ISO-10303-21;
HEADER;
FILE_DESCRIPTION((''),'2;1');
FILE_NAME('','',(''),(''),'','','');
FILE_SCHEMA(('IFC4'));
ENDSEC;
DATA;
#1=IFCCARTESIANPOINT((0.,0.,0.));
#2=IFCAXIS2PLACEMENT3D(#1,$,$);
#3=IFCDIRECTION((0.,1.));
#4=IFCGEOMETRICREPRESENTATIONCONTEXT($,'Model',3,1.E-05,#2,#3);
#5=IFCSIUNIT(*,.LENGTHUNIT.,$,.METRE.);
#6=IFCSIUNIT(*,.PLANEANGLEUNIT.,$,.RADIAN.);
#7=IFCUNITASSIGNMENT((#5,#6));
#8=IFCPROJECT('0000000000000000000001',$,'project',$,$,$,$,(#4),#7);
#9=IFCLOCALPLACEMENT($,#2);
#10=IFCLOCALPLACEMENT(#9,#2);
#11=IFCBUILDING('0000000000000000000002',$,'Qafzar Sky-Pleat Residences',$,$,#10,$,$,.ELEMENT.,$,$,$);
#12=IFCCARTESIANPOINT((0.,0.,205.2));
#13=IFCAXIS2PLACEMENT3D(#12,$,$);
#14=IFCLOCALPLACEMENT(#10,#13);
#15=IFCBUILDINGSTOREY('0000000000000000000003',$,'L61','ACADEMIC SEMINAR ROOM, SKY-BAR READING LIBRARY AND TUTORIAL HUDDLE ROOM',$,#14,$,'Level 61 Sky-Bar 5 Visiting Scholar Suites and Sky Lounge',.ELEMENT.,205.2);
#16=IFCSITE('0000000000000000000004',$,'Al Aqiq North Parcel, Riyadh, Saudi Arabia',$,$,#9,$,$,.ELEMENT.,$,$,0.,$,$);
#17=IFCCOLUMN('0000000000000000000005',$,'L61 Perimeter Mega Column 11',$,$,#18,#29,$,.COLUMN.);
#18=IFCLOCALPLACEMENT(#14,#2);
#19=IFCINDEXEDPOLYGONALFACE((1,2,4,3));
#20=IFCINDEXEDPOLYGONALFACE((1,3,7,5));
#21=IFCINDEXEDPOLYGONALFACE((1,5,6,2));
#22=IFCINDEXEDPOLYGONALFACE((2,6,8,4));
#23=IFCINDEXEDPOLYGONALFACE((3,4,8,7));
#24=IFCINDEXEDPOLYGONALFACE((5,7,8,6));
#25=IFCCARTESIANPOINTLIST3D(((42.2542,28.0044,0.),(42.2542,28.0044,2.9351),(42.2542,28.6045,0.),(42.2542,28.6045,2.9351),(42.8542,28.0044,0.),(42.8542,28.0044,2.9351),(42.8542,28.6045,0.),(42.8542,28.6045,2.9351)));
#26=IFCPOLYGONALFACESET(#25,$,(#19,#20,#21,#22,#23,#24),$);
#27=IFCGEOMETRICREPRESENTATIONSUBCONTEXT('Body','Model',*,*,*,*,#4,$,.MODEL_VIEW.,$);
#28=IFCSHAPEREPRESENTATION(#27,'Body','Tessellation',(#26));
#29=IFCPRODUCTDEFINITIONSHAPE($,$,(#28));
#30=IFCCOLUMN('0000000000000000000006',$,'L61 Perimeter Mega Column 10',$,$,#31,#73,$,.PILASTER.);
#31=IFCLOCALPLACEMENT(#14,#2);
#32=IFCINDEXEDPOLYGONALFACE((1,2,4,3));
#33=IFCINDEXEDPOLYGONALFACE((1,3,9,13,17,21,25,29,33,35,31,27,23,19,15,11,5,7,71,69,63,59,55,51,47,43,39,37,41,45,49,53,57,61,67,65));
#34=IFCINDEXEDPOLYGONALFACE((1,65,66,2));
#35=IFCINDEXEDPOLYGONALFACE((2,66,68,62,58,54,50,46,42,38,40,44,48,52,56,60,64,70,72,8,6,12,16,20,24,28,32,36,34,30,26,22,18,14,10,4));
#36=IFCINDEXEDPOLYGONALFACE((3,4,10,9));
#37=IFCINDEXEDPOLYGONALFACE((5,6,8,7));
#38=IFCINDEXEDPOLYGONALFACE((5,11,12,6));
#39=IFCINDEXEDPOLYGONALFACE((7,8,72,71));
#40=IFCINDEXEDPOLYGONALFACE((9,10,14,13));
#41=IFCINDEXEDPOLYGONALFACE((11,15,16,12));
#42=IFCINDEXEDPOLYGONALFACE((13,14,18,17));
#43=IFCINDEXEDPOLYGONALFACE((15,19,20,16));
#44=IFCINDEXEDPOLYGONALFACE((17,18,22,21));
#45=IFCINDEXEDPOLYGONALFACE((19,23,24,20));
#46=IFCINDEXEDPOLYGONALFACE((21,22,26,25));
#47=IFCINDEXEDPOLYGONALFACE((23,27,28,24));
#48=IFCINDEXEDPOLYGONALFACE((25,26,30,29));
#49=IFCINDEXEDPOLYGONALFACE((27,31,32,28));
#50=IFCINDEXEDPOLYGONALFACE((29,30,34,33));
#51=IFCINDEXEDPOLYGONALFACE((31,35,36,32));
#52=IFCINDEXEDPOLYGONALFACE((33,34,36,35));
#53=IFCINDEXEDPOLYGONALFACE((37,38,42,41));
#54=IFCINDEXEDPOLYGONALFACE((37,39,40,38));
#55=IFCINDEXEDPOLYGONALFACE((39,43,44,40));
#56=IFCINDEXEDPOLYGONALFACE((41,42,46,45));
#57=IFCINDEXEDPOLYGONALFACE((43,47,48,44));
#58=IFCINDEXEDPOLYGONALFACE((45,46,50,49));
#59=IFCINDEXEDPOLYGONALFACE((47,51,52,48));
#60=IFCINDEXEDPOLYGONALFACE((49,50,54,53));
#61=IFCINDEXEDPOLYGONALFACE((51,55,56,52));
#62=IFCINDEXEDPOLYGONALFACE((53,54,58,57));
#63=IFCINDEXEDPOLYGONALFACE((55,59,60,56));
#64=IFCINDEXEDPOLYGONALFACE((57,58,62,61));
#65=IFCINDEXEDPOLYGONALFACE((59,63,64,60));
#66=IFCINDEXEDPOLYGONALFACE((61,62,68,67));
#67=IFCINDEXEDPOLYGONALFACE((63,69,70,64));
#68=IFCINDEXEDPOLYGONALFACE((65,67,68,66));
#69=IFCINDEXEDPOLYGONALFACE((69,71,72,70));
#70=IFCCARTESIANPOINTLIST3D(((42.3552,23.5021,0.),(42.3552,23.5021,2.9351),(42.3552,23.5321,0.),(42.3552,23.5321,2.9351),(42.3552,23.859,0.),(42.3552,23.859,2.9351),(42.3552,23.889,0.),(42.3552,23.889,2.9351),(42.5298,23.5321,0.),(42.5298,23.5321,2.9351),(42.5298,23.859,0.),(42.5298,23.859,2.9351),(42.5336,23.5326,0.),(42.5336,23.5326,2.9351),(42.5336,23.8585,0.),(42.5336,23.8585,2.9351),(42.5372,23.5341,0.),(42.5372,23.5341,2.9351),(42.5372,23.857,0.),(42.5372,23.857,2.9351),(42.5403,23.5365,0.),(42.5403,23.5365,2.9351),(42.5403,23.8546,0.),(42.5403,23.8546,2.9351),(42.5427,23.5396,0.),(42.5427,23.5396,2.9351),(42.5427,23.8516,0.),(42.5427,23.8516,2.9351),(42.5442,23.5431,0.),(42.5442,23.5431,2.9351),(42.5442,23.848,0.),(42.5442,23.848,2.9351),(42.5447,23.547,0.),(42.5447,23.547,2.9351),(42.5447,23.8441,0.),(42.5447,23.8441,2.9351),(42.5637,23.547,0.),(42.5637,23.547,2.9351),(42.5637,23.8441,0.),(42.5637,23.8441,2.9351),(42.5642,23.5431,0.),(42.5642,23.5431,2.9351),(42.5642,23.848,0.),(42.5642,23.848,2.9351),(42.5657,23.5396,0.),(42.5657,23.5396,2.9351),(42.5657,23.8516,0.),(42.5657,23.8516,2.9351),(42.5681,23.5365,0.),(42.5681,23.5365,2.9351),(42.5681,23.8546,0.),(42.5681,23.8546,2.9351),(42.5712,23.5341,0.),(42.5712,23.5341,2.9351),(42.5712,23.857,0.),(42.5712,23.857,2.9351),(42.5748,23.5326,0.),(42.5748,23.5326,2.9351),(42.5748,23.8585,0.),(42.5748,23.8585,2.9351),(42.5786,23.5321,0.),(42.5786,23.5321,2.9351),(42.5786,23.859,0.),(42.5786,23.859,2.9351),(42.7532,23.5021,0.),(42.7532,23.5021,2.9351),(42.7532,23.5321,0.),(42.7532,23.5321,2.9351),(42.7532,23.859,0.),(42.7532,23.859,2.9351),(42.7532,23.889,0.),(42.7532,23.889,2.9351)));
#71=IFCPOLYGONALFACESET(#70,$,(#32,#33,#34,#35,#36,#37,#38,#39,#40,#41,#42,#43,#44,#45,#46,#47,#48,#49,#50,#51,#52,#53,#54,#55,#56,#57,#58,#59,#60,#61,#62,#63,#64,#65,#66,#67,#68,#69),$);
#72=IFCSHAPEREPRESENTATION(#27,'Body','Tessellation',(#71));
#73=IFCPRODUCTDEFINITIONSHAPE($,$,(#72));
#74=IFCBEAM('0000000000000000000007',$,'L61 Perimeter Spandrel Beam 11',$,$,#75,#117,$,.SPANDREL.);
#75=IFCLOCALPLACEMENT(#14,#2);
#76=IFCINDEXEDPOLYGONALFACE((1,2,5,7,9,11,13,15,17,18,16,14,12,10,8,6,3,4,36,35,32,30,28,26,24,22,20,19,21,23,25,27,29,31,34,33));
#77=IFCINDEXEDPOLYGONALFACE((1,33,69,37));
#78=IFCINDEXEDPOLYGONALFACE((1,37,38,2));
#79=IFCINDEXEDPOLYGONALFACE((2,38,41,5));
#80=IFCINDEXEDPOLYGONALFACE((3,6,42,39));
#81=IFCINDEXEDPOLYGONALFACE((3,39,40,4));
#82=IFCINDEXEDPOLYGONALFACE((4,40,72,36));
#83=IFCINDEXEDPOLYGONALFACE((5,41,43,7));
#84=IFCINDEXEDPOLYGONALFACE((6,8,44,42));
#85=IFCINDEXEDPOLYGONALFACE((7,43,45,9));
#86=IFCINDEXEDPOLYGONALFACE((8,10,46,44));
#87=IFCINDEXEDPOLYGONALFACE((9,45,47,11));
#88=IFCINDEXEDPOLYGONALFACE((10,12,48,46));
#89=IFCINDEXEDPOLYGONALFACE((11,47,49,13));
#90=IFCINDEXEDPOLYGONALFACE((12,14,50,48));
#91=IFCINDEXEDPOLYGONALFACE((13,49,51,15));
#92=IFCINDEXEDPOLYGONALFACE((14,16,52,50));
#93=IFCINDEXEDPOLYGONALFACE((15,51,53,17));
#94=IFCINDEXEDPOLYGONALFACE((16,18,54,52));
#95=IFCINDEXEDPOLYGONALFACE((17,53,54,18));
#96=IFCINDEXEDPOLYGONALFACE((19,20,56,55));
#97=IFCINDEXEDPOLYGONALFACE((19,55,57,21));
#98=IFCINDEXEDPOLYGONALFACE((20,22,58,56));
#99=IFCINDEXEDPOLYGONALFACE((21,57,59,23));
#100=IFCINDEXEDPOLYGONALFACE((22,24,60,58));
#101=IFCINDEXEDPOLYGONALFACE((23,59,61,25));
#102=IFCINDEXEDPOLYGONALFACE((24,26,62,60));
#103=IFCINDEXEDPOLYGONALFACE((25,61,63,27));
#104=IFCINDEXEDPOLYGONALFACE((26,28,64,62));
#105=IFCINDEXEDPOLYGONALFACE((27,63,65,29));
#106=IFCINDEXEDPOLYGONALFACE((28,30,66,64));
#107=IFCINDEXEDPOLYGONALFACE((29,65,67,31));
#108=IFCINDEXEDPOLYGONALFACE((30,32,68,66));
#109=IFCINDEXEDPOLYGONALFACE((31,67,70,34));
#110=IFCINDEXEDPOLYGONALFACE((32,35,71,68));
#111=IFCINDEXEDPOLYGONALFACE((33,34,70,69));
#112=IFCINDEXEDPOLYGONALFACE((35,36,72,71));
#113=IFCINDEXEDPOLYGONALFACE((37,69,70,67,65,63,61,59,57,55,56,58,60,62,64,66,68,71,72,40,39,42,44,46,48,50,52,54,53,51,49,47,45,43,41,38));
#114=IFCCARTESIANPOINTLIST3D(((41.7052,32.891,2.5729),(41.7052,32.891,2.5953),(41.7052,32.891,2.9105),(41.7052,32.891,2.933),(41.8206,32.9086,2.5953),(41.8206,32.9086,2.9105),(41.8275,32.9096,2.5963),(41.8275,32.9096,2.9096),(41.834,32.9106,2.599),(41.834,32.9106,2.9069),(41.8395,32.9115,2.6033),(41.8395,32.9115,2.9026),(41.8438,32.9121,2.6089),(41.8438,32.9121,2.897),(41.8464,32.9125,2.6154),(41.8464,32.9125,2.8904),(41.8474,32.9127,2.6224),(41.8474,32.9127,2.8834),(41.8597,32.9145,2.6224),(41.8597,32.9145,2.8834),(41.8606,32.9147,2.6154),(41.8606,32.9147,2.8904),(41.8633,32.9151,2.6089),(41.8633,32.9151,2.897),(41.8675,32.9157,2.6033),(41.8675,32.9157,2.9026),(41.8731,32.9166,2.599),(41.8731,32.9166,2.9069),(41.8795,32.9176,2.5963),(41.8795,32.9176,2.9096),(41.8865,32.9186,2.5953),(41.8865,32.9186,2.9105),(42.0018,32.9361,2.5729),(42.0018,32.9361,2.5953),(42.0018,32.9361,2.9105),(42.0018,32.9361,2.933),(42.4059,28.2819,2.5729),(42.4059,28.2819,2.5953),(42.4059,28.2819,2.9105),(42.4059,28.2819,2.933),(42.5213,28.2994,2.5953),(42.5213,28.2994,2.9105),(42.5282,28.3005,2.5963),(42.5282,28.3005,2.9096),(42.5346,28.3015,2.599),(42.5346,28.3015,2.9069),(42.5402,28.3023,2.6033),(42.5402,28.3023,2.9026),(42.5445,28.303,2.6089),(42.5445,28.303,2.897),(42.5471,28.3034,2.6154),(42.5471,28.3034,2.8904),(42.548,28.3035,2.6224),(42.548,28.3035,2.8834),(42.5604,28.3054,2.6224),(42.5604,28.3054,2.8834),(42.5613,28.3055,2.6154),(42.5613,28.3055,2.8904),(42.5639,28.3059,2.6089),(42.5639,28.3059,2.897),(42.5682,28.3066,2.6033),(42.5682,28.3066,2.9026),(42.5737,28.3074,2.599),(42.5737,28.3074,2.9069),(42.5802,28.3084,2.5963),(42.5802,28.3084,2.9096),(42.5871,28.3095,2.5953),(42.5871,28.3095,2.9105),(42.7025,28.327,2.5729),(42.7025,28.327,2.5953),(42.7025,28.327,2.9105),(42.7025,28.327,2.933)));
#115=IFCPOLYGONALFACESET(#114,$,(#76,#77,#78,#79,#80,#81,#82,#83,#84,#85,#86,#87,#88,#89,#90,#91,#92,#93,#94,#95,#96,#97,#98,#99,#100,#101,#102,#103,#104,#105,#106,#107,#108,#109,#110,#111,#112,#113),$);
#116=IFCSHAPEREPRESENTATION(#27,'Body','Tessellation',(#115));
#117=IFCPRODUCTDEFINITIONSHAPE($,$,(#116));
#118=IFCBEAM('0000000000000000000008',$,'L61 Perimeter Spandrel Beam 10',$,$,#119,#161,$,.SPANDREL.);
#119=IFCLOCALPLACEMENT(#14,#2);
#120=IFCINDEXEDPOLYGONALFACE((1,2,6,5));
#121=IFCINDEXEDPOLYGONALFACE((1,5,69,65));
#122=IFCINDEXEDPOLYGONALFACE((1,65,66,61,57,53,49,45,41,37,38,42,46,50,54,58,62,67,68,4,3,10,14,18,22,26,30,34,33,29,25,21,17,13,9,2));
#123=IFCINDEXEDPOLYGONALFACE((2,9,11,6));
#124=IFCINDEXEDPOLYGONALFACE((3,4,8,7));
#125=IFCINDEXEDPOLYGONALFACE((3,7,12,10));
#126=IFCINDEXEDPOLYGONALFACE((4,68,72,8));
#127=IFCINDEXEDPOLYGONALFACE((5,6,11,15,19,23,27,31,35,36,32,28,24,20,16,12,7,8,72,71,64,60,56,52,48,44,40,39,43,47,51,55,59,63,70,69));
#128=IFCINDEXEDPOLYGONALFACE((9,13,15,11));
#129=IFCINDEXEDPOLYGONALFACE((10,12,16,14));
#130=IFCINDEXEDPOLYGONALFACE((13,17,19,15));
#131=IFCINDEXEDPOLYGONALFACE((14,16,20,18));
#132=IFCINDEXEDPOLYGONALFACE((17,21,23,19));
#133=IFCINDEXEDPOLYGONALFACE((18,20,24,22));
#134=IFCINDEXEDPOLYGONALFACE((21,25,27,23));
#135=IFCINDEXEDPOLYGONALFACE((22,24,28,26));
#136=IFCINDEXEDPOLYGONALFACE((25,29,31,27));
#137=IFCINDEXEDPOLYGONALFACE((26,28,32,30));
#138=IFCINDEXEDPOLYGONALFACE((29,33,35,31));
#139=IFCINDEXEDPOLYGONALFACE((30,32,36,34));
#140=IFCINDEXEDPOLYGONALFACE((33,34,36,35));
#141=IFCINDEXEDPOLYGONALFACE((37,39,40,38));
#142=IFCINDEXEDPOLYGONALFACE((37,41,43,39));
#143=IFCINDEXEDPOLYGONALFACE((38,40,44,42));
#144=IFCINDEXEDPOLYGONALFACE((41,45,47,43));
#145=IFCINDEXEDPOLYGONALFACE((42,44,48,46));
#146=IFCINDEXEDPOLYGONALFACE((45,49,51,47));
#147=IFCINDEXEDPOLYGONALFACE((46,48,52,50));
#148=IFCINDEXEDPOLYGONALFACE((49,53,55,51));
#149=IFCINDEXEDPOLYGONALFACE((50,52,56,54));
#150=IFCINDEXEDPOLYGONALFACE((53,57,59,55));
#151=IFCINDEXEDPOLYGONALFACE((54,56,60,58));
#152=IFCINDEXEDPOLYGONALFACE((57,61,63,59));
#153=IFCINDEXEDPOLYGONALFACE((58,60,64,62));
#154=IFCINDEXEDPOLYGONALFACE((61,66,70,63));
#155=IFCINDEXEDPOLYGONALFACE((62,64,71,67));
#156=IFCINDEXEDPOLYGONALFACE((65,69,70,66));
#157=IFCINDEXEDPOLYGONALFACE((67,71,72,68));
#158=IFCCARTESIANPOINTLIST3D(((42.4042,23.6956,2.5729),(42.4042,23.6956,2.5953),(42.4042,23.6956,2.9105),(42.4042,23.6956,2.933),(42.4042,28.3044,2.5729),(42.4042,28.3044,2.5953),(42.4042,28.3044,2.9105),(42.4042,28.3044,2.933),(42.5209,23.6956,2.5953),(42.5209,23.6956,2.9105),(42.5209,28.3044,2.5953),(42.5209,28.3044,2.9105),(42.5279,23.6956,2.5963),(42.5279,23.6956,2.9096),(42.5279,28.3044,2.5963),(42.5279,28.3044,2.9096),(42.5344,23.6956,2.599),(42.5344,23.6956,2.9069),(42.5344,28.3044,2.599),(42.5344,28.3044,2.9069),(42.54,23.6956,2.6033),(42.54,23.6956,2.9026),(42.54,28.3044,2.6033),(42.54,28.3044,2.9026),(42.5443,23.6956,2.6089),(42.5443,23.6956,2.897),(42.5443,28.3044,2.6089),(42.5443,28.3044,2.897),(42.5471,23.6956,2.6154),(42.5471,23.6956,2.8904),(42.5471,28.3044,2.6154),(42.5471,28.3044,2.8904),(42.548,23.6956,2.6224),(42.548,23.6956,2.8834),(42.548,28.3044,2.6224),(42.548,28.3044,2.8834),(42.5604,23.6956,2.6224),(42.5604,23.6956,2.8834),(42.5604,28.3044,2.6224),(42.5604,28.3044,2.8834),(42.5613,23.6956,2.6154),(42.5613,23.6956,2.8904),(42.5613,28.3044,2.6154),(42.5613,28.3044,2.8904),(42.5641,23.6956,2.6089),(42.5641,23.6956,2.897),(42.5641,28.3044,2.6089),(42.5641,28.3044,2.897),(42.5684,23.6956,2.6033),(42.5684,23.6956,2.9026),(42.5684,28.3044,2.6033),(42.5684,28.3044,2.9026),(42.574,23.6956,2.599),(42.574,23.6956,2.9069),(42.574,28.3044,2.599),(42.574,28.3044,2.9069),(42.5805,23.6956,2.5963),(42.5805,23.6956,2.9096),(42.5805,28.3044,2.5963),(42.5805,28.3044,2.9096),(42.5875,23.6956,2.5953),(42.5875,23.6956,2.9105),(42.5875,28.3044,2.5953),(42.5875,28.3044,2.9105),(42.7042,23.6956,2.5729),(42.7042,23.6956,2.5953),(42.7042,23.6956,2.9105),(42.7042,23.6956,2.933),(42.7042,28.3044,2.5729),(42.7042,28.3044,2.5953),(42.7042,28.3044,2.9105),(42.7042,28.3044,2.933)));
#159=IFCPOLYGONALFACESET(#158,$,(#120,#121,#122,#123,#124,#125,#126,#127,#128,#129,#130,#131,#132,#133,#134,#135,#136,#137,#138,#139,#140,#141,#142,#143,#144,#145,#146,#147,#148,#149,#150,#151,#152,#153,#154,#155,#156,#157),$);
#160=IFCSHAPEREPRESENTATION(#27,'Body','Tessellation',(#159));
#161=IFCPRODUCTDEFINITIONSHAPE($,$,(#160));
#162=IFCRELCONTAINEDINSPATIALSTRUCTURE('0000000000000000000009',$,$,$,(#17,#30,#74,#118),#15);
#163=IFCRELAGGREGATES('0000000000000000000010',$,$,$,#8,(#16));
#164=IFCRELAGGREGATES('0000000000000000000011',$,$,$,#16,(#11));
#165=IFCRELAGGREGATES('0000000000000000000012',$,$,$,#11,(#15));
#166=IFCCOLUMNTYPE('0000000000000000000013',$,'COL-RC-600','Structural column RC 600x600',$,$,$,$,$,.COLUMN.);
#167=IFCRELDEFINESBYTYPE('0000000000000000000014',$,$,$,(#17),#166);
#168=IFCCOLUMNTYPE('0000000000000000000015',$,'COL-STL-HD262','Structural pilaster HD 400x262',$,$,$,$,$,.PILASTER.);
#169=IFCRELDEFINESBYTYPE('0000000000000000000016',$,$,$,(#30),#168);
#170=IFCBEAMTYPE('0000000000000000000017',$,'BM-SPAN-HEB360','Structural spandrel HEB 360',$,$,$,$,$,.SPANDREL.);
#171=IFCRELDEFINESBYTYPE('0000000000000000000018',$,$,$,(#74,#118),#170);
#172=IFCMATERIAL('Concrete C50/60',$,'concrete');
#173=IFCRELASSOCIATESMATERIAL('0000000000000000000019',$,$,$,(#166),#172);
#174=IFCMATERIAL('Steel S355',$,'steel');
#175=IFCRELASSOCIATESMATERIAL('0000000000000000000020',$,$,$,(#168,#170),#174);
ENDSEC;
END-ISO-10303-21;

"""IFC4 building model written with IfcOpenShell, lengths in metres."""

from ifc_helpers import new_model, si_unit, direction, frame, origin, origin_2d, place, context, subcontext, project, spatial, rectangle, i_section, extrude, source, transform, mapped, material, material_profile, profile_set, type_object, element, save


model = new_model("IFC4")

# Units and contexts
model_context = context("Model", 3, precision=1e-05, world=origin(), true_north=direction((0.0, 1.0)))
body_context = subcontext(model_context, "Body", "Model", "MODEL_VIEW")
ifc_project = project(units=[si_unit("LENGTHUNIT", "METRE"), si_unit("PLANEANGLEUNIT", "RADIAN")], contexts=[model_context])

# Site, building, storey
site_placement = place(None, origin())
site = spatial("IfcSite", under=ifc_project, at=site_placement, Name="Al Aqiq North Parcel, Riyadh, Saudi Arabia", CompositionType="ELEMENT", RefElevation=0.0)
building_placement = place(site_placement, origin())
building = spatial("IfcBuilding", under=site, at=building_placement, Name="Qafzar Sky-Pleat Residences", CompositionType="ELEMENT")
storey_placement = place(building_placement, frame((0.0, 0.0, 205.2)))
storey = spatial("IfcBuildingStorey", under=building, at=storey_placement, Name="L61", Description="ACADEMIC SEMINAR ROOM, SKY-BAR READING LIBRARY AND TUTORIAL HUDDLE ROOM", LongName="Level 61 Sky-Bar 5 Visiting Scholar Suites and Sky Lounge", CompositionType="ELEMENT", Elevation=205.2)

# Columns
ifc_material_1 = material(Name="Concrete C50/60", Category="concrete")
ifc_material_profile_1 = material_profile(ifc_material_1, rectangle(XDim=0.6001, YDim=0.6001, at=origin_2d()), Name="RC 600x600")
ifc_profile_set_1 = profile_set([ifc_material_profile_1], Name="Concrete C50/60")
column_type_1 = type_object("IfcColumnType", Name="COL-RC-600", Description="Structural column RC 600x600", PredefinedType="COLUMN", material=ifc_profile_set_1)
shared_shape_1 = source(origin(), body_context, "Body", "SweptSolid", [
    extrude(rectangle(XDim=0.6001, YDim=0.6001, at=origin_2d()), origin(), (0.0, 0.0, 1.0), 2.9351),
])
column_1_placement = place(storey_placement, frame((42.5542, 28.3044, 0.0), z_axis=(0.0, 0.0, 1.0), x_axis=(1.0, 0.0, 0.0)))
element("IfcColumn", 1, at=column_1_placement, inside=storey, type_object=column_type_1, Name="L61 Perimeter Mega Column 11", PredefinedType="COLUMN", context=body_context, shape_type="MappedRepresentation", body=[
    mapped(shared_shape_1, transform((0.0, 0.0, 0.0), x_axis=(1.0, 0.0, 0.0), y_axis=(0.0, 1.0, 0.0), z_axis=(0.0, 0.0, 1.0), scale=1.0)),
])
ifc_material_2 = material(Name="Steel S355", Category="steel")
ifc_material_profile_2 = material_profile(ifc_material_2, i_section(OverallWidth=0.3979, OverallDepth=0.387, WebThickness=0.019, FlangeThickness=0.03, FilletRadius=0.0149, at=origin_2d()), Name="HD 400x262")
ifc_profile_set_2 = profile_set([ifc_material_profile_2], Name="Steel S355")
column_type_2 = type_object("IfcColumnType", Name="COL-STL-HD262", Description="Structural pilaster HD 400x262", PredefinedType="PILASTER", material=ifc_profile_set_2)
shared_shape_2 = source(origin(), body_context, "Body", "SweptSolid", [
    extrude(i_section(OverallWidth=0.3979, OverallDepth=0.387, WebThickness=0.019, FlangeThickness=0.03, FilletRadius=0.0149, at=origin_2d()), origin(), (0.0, 0.0, 1.0), 2.9351),
])
column_2_placement = place(storey_placement, frame((42.5542, 23.6956, 0.0), z_axis=(0.0, 0.0, 1.0), x_axis=(1.0, 0.0, 0.0)))
element("IfcColumn", 2, at=column_2_placement, inside=storey, type_object=column_type_2, Name="L61 Perimeter Mega Column 10", PredefinedType="PILASTER", context=body_context, shape_type="MappedRepresentation", body=[
    mapped(shared_shape_2, transform((0.0, 0.0, 0.0), x_axis=(1.0, 0.0, 0.0), y_axis=(0.0, 1.0, 0.0), z_axis=(0.0, 0.0, 1.0), scale=1.0)),
])

# Beams
ifc_material_profile_3 = material_profile(ifc_material_2, i_section(OverallWidth=0.3, OverallDepth=0.3601, WebThickness=0.0125, FlangeThickness=0.0225, FilletRadius=0.0271, at=origin_2d()), Name="HEB 360")
ifc_profile_set_3 = profile_set([ifc_material_profile_3], Name="Steel S355")
beam_type_1 = type_object("IfcBeamType", Name="BM-SPAN-HEB360", Description="Structural spandrel HEB 360", PredefinedType="SPANDREL", material=ifc_profile_set_3)
shared_shape_3 = source(origin(), body_context, "Body", "SweptSolid", [
    extrude(i_section(OverallWidth=0.3, OverallDepth=0.3601, WebThickness=0.0125, FlangeThickness=0.0225, FilletRadius=0.0271, at=origin_2d()), origin(), (0.0, 0.0, 1.0), 4.6621),
])
beam_1_placement = place(storey_placement, frame((42.5542, 28.3044, 2.7529), z_axis=(-0.150294, 0.988641, 0.0), x_axis=(-0.988641, -0.150294, 0.0)))
element("IfcBeam", 3, at=beam_1_placement, inside=storey, type_object=beam_type_1, Name="L61 Perimeter Spandrel Beam 11", PredefinedType="SPANDREL", context=body_context, shape_type="MappedRepresentation", body=[
    mapped(shared_shape_3, transform((0.0, 0.0, 0.0), x_axis=(1.0, 0.0, 0.0), y_axis=(0.0, 1.0, 0.0), z_axis=(0.0, 0.0, 1.0), scale=1.0)),
])
shared_shape_4 = source(origin(), body_context, "Body", "SweptSolid", [
    extrude(i_section(OverallWidth=0.3, OverallDepth=0.3601, WebThickness=0.0125, FlangeThickness=0.0225, FilletRadius=0.0271, at=origin_2d()), origin(), (0.0, 0.0, 1.0), 4.6089),
])
beam_2_placement = place(storey_placement, frame((42.5542, 23.6956, 2.7529), z_axis=(0.0, 1.0, 0.0), x_axis=(-1.0, 0.0, 0.0)))
element("IfcBeam", 4, at=beam_2_placement, inside=storey, type_object=beam_type_1, Name="L61 Perimeter Spandrel Beam 10", PredefinedType="SPANDREL", context=body_context, shape_type="MappedRepresentation", body=[
    mapped(shared_shape_4, transform((0.0, 0.0, 0.0), x_axis=(1.0, 0.0, 0.0), y_axis=(0.0, 1.0, 0.0), z_axis=(0.0, 0.0, 1.0), scale=1.0)),
])

save(model, "model.ifc")
